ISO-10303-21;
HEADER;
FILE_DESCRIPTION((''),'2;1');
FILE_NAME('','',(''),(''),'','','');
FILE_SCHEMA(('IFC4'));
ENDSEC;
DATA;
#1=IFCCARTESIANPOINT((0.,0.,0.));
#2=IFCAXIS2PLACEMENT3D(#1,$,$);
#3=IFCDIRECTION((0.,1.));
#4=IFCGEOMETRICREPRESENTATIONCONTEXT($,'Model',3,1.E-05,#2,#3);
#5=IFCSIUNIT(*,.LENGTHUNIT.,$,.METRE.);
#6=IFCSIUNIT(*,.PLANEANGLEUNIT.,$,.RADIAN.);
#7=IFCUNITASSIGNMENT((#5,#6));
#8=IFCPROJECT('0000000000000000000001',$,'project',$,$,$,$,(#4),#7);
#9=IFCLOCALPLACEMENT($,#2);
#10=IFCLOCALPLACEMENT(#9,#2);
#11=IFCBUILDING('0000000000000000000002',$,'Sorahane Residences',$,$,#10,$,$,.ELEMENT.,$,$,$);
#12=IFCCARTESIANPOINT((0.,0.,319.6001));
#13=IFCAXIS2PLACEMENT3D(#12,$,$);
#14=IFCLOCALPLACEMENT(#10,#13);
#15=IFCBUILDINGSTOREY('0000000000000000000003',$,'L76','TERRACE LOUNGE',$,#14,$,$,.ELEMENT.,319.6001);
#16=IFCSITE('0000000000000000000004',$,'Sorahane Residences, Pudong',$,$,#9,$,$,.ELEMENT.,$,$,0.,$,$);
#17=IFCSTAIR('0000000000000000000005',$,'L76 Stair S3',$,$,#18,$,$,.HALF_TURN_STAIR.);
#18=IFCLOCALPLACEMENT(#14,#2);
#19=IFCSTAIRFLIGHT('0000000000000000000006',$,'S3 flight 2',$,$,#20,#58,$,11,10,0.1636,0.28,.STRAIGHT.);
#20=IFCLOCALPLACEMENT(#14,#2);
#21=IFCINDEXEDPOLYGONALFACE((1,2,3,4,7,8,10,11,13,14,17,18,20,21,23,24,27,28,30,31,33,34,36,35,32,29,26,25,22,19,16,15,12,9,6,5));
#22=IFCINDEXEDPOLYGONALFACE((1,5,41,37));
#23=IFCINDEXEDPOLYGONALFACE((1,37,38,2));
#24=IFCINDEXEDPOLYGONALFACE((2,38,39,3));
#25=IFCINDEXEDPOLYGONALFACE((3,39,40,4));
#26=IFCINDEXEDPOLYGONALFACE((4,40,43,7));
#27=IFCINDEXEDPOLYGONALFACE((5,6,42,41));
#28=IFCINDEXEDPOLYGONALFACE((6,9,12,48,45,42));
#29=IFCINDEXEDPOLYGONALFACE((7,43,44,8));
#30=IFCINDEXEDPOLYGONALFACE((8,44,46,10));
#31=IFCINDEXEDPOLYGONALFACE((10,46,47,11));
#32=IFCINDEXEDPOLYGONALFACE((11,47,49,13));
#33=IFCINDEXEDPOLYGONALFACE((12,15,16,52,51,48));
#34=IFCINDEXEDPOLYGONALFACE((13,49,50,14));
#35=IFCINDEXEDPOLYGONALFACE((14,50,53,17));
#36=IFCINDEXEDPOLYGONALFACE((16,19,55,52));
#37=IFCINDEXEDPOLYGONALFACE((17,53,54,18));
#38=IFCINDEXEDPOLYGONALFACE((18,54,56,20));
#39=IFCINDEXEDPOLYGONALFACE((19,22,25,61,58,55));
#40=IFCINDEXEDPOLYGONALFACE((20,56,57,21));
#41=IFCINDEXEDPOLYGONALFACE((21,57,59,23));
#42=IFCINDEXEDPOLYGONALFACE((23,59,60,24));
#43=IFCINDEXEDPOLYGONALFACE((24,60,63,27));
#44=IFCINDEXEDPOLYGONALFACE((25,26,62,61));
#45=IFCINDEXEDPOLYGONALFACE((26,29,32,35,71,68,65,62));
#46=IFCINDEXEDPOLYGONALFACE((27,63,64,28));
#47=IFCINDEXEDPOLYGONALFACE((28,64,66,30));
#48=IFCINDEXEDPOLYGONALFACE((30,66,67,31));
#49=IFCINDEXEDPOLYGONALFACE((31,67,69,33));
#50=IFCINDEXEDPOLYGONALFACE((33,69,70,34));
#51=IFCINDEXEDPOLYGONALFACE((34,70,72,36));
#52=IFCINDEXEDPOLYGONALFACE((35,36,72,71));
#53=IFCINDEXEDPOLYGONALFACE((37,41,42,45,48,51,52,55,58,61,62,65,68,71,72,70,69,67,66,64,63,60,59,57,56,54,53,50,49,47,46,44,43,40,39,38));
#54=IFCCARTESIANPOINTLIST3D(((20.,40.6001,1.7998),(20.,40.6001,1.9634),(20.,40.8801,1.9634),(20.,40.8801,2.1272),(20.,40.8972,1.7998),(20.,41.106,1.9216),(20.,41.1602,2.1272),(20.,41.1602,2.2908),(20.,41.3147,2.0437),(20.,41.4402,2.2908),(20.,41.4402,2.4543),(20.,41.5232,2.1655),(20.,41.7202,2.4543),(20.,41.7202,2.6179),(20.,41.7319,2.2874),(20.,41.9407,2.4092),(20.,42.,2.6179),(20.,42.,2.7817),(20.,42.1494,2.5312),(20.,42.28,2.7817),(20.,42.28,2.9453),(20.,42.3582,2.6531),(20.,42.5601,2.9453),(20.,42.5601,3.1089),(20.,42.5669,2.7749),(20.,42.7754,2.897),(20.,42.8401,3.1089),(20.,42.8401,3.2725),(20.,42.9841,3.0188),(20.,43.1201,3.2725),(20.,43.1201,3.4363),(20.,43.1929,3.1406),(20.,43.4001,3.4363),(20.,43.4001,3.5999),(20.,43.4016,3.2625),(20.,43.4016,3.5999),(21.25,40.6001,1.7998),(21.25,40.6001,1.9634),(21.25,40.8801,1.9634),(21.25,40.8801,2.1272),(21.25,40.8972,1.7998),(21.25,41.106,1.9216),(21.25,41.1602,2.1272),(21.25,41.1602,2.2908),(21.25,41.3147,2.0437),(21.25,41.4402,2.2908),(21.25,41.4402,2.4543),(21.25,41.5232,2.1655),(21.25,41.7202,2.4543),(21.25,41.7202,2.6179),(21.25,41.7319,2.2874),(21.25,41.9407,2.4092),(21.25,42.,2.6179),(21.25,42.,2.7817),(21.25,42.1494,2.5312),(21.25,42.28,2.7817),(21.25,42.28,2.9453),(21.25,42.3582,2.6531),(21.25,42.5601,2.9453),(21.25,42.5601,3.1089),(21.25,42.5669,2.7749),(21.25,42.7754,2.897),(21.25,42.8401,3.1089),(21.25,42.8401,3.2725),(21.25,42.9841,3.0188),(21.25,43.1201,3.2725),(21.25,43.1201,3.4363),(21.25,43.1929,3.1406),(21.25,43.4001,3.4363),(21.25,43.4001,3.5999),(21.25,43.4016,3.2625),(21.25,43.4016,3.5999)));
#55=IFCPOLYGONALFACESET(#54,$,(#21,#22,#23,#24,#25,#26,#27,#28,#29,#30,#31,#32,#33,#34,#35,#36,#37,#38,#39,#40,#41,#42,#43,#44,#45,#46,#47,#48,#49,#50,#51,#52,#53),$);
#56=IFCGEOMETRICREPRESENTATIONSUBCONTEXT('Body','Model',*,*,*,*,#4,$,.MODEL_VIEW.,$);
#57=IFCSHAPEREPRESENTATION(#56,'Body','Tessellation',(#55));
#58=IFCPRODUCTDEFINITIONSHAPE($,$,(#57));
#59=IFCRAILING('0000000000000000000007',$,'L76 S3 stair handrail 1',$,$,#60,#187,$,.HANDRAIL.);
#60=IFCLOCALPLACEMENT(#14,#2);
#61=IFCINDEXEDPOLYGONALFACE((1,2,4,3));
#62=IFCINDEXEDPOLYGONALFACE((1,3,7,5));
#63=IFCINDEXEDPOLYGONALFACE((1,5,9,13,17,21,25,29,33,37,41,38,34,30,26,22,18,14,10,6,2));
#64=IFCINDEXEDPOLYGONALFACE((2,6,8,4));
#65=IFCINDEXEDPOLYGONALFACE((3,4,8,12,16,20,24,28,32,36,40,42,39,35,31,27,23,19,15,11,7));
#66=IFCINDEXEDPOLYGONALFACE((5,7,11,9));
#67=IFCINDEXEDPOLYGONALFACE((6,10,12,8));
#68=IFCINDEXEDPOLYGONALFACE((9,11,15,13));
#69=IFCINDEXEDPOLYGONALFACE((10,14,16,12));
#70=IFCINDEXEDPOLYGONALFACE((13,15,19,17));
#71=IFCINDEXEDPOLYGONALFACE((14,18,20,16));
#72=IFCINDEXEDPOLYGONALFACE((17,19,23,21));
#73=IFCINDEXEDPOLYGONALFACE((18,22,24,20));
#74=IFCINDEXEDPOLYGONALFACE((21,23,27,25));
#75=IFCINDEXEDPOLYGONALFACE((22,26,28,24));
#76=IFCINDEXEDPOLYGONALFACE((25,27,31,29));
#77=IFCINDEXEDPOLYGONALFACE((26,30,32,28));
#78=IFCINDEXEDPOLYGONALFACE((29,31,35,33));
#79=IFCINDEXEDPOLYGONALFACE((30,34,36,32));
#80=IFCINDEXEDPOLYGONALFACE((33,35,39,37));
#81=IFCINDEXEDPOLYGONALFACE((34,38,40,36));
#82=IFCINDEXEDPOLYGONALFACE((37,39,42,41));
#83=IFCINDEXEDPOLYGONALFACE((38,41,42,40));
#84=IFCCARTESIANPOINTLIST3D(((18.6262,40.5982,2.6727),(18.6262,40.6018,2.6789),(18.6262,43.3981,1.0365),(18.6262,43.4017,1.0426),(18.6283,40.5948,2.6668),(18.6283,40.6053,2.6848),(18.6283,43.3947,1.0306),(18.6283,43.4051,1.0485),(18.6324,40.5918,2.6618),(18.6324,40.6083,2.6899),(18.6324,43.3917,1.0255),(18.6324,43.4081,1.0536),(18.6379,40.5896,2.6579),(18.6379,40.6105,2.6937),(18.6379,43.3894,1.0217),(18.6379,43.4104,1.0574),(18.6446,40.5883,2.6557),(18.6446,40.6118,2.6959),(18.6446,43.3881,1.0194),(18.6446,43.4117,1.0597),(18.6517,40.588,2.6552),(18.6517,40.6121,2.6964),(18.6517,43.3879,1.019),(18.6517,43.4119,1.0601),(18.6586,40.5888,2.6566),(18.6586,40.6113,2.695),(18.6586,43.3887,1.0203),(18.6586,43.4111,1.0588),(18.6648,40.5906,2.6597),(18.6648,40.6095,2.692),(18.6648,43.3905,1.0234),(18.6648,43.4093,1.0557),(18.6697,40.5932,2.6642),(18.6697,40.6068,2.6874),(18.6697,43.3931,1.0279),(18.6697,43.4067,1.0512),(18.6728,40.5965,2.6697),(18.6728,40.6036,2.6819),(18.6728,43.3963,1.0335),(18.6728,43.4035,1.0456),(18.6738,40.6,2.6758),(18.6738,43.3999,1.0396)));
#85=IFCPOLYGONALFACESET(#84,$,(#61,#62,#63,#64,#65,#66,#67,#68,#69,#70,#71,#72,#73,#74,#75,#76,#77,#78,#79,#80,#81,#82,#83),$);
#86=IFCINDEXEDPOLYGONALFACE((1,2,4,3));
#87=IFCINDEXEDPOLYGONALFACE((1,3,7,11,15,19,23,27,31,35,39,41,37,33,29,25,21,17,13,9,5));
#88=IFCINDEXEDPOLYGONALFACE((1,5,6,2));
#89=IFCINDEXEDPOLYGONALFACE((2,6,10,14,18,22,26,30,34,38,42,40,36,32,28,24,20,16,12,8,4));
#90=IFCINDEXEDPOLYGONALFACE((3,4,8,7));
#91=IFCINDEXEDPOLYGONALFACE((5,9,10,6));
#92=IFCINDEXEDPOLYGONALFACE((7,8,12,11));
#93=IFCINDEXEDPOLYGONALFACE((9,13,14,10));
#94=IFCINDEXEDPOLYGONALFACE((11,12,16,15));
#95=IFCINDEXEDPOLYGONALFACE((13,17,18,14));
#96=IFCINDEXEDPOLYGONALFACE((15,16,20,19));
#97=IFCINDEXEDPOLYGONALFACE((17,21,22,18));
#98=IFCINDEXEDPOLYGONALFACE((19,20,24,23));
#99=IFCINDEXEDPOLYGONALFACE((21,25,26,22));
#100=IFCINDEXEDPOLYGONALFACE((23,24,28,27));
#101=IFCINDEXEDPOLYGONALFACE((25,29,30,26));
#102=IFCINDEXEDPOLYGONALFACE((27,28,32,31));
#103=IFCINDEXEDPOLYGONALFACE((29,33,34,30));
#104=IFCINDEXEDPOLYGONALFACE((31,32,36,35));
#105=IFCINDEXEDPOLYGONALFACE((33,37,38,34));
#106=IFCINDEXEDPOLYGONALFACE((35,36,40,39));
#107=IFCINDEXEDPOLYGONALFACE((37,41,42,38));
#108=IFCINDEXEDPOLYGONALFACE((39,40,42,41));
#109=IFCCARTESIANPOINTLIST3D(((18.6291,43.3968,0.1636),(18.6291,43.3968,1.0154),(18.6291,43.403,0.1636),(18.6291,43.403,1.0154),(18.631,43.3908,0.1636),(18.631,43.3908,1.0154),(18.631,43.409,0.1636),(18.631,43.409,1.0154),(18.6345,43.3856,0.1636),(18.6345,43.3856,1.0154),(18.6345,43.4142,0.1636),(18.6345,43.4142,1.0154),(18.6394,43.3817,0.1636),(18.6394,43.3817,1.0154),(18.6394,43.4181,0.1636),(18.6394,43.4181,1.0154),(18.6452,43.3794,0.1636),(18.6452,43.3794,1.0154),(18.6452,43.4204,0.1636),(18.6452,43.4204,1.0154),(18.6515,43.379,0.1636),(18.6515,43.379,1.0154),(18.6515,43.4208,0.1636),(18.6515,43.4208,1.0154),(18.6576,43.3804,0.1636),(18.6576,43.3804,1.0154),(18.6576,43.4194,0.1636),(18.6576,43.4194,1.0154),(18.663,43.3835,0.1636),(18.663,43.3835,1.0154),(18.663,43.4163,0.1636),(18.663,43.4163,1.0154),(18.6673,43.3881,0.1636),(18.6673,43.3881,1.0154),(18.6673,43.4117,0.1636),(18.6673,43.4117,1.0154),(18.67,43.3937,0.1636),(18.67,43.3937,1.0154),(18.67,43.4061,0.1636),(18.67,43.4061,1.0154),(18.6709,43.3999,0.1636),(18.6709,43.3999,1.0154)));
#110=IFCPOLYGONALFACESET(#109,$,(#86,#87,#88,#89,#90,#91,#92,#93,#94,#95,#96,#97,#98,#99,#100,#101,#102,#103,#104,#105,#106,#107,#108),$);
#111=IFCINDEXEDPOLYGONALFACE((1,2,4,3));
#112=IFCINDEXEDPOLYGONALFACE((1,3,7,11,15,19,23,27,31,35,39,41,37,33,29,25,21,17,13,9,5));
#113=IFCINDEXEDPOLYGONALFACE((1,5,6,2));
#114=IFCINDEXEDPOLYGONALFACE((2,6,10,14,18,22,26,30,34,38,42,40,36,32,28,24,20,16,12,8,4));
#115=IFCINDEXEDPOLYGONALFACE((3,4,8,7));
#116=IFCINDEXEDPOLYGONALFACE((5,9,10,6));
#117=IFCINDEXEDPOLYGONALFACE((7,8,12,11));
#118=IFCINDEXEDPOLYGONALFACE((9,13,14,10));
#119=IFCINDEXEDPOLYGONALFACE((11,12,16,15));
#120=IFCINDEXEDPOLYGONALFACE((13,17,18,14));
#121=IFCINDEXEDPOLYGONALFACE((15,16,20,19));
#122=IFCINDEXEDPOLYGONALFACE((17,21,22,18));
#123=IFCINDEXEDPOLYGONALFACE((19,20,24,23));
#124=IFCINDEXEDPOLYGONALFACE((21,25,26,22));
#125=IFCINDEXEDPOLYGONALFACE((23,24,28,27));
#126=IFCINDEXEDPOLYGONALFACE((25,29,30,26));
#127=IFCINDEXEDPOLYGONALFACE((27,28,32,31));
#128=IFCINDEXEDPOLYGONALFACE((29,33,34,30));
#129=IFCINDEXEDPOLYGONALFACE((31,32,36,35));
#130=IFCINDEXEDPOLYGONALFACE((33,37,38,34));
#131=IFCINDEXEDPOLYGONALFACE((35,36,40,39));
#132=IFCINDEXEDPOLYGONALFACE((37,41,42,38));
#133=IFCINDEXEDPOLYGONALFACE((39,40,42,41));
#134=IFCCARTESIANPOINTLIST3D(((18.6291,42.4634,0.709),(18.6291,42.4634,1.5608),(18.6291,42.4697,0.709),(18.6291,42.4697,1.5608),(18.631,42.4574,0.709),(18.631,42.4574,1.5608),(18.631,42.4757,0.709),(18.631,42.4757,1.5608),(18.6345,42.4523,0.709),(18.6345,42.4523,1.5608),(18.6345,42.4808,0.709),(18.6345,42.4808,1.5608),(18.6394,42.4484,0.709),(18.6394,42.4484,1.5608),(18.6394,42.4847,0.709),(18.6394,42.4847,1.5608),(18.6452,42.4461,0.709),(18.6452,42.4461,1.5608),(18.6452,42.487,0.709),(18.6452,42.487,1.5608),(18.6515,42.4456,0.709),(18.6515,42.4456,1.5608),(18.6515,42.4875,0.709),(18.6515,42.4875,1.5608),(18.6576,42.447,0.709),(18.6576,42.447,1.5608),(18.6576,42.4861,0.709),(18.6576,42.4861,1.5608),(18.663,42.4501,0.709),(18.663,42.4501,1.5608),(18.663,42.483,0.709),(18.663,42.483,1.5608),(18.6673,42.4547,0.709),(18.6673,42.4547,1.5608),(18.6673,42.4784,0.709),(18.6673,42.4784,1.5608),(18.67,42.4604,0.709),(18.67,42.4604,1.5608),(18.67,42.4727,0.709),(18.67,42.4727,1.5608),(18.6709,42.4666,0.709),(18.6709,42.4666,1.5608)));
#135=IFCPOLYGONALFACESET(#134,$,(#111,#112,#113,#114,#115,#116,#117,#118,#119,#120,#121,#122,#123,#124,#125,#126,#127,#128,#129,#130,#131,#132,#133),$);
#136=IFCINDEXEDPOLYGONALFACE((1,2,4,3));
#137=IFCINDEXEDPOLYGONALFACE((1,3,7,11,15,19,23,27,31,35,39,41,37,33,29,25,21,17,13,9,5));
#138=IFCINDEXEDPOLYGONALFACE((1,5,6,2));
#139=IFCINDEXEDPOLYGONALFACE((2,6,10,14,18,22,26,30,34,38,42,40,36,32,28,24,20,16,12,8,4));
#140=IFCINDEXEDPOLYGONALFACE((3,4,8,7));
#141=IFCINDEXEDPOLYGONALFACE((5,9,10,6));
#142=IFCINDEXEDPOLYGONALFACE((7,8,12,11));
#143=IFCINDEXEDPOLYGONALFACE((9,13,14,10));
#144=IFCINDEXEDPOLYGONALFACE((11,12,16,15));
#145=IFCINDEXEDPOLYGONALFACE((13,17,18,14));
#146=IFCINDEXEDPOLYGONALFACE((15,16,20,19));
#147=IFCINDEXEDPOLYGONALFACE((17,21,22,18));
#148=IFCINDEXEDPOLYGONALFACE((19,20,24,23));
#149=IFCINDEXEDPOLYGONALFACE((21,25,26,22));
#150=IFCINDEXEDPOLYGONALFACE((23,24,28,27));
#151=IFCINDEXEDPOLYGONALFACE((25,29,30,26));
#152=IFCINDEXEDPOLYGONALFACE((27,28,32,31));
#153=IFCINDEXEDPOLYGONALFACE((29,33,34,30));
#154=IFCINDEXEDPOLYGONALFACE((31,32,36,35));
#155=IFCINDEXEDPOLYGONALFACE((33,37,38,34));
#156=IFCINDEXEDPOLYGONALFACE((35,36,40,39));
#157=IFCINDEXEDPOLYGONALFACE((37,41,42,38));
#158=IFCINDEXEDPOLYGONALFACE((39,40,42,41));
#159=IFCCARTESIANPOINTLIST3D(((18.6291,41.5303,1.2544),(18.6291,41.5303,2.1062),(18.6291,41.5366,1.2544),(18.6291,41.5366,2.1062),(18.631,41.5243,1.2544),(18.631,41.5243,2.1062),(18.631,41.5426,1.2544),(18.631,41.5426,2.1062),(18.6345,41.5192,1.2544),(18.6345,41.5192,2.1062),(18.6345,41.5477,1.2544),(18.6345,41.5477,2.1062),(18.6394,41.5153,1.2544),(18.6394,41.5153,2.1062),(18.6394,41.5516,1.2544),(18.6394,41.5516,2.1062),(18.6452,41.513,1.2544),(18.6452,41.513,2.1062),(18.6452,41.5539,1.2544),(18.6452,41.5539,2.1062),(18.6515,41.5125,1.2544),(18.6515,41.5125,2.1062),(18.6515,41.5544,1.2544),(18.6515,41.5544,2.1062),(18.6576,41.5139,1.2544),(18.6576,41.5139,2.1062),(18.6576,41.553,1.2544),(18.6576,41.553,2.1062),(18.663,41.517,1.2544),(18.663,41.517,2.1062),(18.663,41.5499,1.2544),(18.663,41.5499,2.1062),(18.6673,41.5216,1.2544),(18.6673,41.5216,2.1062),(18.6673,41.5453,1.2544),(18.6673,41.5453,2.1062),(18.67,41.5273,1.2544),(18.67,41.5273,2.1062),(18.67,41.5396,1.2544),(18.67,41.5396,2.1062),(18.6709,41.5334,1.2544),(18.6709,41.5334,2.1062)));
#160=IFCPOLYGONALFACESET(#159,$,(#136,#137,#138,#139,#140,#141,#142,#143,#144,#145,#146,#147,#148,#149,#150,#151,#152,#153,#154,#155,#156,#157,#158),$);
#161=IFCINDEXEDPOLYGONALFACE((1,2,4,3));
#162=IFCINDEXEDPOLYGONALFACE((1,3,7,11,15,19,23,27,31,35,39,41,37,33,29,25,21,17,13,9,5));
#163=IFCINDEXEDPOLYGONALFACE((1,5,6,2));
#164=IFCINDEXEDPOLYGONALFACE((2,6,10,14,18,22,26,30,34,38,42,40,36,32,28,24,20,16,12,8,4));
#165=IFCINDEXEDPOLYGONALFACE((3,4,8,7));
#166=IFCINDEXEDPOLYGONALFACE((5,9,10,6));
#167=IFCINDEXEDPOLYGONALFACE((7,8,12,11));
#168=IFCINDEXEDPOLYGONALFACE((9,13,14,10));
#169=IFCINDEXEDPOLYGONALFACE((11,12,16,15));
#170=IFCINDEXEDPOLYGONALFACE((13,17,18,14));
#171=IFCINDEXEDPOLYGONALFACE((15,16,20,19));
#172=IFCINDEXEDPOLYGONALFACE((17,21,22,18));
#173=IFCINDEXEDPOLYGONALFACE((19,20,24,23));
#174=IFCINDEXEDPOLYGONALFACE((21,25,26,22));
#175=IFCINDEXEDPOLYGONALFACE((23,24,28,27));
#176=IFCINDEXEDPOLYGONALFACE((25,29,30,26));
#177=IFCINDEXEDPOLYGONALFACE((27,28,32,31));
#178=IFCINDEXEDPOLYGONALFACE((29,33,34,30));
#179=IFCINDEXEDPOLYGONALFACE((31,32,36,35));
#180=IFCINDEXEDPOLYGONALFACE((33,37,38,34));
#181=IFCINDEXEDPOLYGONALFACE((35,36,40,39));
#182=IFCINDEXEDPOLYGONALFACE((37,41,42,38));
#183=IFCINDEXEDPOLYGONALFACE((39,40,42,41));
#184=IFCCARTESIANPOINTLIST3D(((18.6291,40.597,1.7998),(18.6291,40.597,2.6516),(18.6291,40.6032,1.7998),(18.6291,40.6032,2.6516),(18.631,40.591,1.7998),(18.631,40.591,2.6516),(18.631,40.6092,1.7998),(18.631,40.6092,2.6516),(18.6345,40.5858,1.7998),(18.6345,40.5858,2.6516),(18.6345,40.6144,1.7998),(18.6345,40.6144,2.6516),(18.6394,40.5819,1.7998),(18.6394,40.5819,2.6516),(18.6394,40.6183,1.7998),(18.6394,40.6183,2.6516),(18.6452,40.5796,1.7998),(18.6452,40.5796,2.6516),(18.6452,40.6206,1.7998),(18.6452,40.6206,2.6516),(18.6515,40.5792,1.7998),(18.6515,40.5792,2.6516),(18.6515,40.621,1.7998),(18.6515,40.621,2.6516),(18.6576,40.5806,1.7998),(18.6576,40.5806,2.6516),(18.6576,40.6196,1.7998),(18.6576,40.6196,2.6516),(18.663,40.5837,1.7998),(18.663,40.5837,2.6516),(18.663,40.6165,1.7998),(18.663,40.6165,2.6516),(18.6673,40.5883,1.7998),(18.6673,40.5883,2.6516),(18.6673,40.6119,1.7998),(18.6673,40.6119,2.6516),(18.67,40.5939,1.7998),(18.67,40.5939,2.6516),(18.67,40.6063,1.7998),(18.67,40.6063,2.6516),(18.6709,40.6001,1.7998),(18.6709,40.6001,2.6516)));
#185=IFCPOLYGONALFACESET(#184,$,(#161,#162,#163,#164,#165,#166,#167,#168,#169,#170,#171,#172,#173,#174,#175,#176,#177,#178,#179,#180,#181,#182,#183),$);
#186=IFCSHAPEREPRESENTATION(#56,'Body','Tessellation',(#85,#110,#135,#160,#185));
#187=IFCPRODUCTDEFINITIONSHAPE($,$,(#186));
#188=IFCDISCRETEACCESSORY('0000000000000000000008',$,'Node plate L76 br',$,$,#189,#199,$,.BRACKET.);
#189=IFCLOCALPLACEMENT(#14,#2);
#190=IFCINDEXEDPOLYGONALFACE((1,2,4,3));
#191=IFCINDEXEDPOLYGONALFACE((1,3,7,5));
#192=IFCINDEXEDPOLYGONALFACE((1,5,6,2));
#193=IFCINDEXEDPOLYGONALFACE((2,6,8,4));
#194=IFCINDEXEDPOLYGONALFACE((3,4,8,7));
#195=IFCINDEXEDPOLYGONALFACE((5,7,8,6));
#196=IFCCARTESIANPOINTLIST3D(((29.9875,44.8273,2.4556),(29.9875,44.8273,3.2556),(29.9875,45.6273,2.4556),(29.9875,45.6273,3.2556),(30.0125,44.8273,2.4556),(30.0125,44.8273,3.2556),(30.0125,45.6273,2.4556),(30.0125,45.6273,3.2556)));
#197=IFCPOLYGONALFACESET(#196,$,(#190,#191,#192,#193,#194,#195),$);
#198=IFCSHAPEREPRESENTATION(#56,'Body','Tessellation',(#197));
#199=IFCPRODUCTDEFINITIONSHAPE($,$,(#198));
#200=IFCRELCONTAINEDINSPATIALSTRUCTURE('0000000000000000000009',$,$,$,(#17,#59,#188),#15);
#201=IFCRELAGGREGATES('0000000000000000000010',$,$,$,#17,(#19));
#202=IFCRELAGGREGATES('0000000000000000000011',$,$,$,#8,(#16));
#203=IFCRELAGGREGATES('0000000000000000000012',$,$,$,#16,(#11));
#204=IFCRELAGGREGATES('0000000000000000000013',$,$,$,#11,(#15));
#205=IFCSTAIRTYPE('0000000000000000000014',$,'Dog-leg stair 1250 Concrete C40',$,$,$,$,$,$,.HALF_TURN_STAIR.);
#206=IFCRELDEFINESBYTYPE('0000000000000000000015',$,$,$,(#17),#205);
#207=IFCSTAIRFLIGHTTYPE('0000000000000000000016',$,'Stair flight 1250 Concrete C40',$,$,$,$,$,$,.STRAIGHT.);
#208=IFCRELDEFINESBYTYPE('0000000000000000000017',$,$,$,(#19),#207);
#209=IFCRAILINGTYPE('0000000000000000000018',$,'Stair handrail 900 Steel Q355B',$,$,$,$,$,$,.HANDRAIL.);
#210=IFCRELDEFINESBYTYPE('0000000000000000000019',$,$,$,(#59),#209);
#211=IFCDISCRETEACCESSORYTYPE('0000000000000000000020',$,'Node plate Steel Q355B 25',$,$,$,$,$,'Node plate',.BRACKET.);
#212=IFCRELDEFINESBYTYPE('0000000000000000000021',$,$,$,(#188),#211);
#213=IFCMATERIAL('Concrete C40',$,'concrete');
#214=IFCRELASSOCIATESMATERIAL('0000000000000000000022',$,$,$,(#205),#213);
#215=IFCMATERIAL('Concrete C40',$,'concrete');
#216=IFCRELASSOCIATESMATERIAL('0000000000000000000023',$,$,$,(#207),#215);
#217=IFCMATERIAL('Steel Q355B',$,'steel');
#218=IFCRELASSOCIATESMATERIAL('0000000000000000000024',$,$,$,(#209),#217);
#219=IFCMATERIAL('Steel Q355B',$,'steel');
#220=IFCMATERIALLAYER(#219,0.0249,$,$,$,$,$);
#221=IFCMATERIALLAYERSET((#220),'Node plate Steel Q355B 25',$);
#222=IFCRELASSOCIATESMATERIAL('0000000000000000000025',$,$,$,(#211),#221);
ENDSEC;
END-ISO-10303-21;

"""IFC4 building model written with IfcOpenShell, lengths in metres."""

from ifc_helpers import new_model, si_unit, direction, frame, origin, origin_2d, place, context, subcontext, project, spatial, polyline, rectangle, circle, outline, extrude, material, layer, layer_set, type_object, element, aggregate, save


model = new_model("IFC4")

# Units and contexts
model_context = context("Model", 3, precision=1e-05, world=origin(), true_north=direction((0.0, 1.0)))
body_context = subcontext(model_context, "Body", "Model", "MODEL_VIEW")
ifc_project = project(units=[si_unit("LENGTHUNIT", "METRE"), si_unit("PLANEANGLEUNIT", "RADIAN")], contexts=[model_context])

# Site, building, storey
site_placement = place(None, origin())
site = spatial("IfcSite", under=ifc_project, at=site_placement, Name="Sorahane Residences, Pudong", CompositionType="ELEMENT", RefElevation=0.0)
building_placement = place(site_placement, origin())
building = spatial("IfcBuilding", under=site, at=building_placement, Name="Sorahane Residences", CompositionType="ELEMENT")
storey_placement = place(building_placement, frame((0.0, 0.0, 319.6001)))
storey = spatial("IfcBuildingStorey", under=building, at=storey_placement, Name="L76", Description="TERRACE LOUNGE", CompositionType="ELEMENT", Elevation=319.6001)

# Stair, stair flight
ifc_material_1 = material(Name="Concrete C40", Category="concrete")
stair_type = type_object("IfcStairType", Name="Dog-leg stair 1250 Concrete C40", PredefinedType="HALF_TURN_STAIR", material=ifc_material_1)
stair_placement = place(storey_placement, origin())
stair = element("IfcStair", 1, at=stair_placement, inside=storey, type_object=stair_type, Name="L76 Stair S3", PredefinedType="HALF_TURN_STAIR")
ifc_material_2 = material(Name="Concrete C40", Category="concrete")
stair_flight_type = type_object("IfcStairFlightType", Name="Stair flight 1250 Concrete C40", PredefinedType="STRAIGHT", material=ifc_material_2)
stair_flight_1_placement = place(storey_placement, frame((20.625, 40.6001, 1.7998), z_axis=(0.0, 0.0, 1.0), x_axis=(0.0, 1.0, 0.0)))
stair_flight_1 = element("IfcStairFlight", 2, at=stair_flight_1_placement, type_object=stair_flight_type, Name="S3 flight 2", NumberOfRisers=11, NumberOfTreads=10, PredefinedType="STRAIGHT", RiserHeight=0.1636, TreadLength=0.28, context=body_context, shape_type="SweptSolid", body=[
    extrude(outline(polyline([(0.0, 0.0), (0.0, 0.1636), (0.28, 0.1636), (0.28, 0.3274), (0.5601, 0.3274), (0.5601, 0.491), (0.8401, 0.491), (0.8401, 0.6545), (1.1201, 0.6545), (1.1201, 0.8181), (1.3999, 0.8181), (1.3999, 0.9819), (1.6799, 0.9819), (1.6799, 1.1455), (1.96, 1.1455), (1.96, 1.3091), (2.24, 1.3091), (2.24, 1.4727), (2.52, 1.4727), (2.52, 1.6365), (2.8, 1.6365), (2.8, 1.8), (2.8015, 1.8), (2.8015, 1.4626), (2.5928, 1.3408), (2.384, 1.219), (2.1753, 1.0972), (1.9668, 0.9751), (1.7581, 0.8533), (1.5493, 0.7314), (1.3406, 0.6094), (1.1318, 0.4875), (0.9231, 0.3657), (0.7146, 0.2439), (0.5059, 0.1218), (0.2971, 0.0), (0.0, 0.0)])), frame((0.0, 0.625, 0.0), z_axis=(0.0, -1.0, 0.0), x_axis=(1.0, 0.0, 0.0)), (0.0, 0.0, 1.0), 1.25),
])
aggregate(stair, [stair_flight_1])

# Railing
ifc_material_3 = material(Name="Steel Q355B", Category="steel")
railing_type_1 = type_object("IfcRailingType", Name="Stair handrail 900 Steel Q355B", PredefinedType="HANDRAIL", material=ifc_material_3)
railing_1_placement = place(storey_placement, frame((18.6499, 43.3999, 0.1636)))
element("IfcRailing", 3, at=railing_1_placement, inside=storey, type_object=railing_type_1, Name="L76 S3 stair handrail 1", PredefinedType="HANDRAIL", context=body_context, shape_type="SweptSolid", body=[
    extrude(circle(Radius=0.0239, at=origin_2d()), frame((0.0, 0.0, 0.876), z_axis=(0.0, -0.863374, 0.504564), x_axis=(1.0, 0.0, 0.0)), (0.0, 0.0, 1.0), 3.2429),
    extrude(circle(Radius=0.021, at=origin_2d()), origin(), (0.0, 0.0, 1.0), 0.8518),
    extrude(circle(Radius=0.021, at=origin_2d()), frame((0.0, -0.9333, 0.5454)), (0.0, 0.0, 1.0), 0.8518),
    extrude(circle(Radius=0.021, at=origin_2d()), frame((0.0, -1.8665, 1.0908)), (0.0, 0.0, 1.0), 0.8518),
    extrude(circle(Radius=0.021, at=origin_2d()), frame((0.0, -2.7998, 1.6362)), (0.0, 0.0, 1.0), 0.8518),
])

# Discrete accessory
ifc_material_4 = material(Name="Steel Q355B", Category="steel")
ifc_layer_1 = layer(ifc_material_4, 0.0249)
ifc_layer_set_1 = layer_set([ifc_layer_1], Name="Node plate Steel Q355B 25")
discrete_accessory_type = type_object("IfcDiscreteAccessoryType", Name="Node plate Steel Q355B 25", ElementType="Node plate", PredefinedType="BRACKET", material=ifc_layer_set_1)
for number, where, z_axis, x_axis, name in (
    (4, (30.0, 45.2273, 2.4556), (0.0, 0.0, 1.0), (0.0, 1.0, 0.0), "Node plate L76 br"),
):
    element("IfcDiscreteAccessory", number, at=place(storey_placement, frame(where, z_axis=z_axis, x_axis=x_axis)), inside=storey, type_object=discrete_accessory_type, Name=name, PredefinedType="BRACKET", context=body_context, shape_type="SweptSolid", body=[
        extrude(rectangle(XDim=0.8, YDim=0.0249, at=origin_2d()), origin(), (0.0, 0.0, 1.0), 0.8),
    ])

save(model, "model.ifc")
